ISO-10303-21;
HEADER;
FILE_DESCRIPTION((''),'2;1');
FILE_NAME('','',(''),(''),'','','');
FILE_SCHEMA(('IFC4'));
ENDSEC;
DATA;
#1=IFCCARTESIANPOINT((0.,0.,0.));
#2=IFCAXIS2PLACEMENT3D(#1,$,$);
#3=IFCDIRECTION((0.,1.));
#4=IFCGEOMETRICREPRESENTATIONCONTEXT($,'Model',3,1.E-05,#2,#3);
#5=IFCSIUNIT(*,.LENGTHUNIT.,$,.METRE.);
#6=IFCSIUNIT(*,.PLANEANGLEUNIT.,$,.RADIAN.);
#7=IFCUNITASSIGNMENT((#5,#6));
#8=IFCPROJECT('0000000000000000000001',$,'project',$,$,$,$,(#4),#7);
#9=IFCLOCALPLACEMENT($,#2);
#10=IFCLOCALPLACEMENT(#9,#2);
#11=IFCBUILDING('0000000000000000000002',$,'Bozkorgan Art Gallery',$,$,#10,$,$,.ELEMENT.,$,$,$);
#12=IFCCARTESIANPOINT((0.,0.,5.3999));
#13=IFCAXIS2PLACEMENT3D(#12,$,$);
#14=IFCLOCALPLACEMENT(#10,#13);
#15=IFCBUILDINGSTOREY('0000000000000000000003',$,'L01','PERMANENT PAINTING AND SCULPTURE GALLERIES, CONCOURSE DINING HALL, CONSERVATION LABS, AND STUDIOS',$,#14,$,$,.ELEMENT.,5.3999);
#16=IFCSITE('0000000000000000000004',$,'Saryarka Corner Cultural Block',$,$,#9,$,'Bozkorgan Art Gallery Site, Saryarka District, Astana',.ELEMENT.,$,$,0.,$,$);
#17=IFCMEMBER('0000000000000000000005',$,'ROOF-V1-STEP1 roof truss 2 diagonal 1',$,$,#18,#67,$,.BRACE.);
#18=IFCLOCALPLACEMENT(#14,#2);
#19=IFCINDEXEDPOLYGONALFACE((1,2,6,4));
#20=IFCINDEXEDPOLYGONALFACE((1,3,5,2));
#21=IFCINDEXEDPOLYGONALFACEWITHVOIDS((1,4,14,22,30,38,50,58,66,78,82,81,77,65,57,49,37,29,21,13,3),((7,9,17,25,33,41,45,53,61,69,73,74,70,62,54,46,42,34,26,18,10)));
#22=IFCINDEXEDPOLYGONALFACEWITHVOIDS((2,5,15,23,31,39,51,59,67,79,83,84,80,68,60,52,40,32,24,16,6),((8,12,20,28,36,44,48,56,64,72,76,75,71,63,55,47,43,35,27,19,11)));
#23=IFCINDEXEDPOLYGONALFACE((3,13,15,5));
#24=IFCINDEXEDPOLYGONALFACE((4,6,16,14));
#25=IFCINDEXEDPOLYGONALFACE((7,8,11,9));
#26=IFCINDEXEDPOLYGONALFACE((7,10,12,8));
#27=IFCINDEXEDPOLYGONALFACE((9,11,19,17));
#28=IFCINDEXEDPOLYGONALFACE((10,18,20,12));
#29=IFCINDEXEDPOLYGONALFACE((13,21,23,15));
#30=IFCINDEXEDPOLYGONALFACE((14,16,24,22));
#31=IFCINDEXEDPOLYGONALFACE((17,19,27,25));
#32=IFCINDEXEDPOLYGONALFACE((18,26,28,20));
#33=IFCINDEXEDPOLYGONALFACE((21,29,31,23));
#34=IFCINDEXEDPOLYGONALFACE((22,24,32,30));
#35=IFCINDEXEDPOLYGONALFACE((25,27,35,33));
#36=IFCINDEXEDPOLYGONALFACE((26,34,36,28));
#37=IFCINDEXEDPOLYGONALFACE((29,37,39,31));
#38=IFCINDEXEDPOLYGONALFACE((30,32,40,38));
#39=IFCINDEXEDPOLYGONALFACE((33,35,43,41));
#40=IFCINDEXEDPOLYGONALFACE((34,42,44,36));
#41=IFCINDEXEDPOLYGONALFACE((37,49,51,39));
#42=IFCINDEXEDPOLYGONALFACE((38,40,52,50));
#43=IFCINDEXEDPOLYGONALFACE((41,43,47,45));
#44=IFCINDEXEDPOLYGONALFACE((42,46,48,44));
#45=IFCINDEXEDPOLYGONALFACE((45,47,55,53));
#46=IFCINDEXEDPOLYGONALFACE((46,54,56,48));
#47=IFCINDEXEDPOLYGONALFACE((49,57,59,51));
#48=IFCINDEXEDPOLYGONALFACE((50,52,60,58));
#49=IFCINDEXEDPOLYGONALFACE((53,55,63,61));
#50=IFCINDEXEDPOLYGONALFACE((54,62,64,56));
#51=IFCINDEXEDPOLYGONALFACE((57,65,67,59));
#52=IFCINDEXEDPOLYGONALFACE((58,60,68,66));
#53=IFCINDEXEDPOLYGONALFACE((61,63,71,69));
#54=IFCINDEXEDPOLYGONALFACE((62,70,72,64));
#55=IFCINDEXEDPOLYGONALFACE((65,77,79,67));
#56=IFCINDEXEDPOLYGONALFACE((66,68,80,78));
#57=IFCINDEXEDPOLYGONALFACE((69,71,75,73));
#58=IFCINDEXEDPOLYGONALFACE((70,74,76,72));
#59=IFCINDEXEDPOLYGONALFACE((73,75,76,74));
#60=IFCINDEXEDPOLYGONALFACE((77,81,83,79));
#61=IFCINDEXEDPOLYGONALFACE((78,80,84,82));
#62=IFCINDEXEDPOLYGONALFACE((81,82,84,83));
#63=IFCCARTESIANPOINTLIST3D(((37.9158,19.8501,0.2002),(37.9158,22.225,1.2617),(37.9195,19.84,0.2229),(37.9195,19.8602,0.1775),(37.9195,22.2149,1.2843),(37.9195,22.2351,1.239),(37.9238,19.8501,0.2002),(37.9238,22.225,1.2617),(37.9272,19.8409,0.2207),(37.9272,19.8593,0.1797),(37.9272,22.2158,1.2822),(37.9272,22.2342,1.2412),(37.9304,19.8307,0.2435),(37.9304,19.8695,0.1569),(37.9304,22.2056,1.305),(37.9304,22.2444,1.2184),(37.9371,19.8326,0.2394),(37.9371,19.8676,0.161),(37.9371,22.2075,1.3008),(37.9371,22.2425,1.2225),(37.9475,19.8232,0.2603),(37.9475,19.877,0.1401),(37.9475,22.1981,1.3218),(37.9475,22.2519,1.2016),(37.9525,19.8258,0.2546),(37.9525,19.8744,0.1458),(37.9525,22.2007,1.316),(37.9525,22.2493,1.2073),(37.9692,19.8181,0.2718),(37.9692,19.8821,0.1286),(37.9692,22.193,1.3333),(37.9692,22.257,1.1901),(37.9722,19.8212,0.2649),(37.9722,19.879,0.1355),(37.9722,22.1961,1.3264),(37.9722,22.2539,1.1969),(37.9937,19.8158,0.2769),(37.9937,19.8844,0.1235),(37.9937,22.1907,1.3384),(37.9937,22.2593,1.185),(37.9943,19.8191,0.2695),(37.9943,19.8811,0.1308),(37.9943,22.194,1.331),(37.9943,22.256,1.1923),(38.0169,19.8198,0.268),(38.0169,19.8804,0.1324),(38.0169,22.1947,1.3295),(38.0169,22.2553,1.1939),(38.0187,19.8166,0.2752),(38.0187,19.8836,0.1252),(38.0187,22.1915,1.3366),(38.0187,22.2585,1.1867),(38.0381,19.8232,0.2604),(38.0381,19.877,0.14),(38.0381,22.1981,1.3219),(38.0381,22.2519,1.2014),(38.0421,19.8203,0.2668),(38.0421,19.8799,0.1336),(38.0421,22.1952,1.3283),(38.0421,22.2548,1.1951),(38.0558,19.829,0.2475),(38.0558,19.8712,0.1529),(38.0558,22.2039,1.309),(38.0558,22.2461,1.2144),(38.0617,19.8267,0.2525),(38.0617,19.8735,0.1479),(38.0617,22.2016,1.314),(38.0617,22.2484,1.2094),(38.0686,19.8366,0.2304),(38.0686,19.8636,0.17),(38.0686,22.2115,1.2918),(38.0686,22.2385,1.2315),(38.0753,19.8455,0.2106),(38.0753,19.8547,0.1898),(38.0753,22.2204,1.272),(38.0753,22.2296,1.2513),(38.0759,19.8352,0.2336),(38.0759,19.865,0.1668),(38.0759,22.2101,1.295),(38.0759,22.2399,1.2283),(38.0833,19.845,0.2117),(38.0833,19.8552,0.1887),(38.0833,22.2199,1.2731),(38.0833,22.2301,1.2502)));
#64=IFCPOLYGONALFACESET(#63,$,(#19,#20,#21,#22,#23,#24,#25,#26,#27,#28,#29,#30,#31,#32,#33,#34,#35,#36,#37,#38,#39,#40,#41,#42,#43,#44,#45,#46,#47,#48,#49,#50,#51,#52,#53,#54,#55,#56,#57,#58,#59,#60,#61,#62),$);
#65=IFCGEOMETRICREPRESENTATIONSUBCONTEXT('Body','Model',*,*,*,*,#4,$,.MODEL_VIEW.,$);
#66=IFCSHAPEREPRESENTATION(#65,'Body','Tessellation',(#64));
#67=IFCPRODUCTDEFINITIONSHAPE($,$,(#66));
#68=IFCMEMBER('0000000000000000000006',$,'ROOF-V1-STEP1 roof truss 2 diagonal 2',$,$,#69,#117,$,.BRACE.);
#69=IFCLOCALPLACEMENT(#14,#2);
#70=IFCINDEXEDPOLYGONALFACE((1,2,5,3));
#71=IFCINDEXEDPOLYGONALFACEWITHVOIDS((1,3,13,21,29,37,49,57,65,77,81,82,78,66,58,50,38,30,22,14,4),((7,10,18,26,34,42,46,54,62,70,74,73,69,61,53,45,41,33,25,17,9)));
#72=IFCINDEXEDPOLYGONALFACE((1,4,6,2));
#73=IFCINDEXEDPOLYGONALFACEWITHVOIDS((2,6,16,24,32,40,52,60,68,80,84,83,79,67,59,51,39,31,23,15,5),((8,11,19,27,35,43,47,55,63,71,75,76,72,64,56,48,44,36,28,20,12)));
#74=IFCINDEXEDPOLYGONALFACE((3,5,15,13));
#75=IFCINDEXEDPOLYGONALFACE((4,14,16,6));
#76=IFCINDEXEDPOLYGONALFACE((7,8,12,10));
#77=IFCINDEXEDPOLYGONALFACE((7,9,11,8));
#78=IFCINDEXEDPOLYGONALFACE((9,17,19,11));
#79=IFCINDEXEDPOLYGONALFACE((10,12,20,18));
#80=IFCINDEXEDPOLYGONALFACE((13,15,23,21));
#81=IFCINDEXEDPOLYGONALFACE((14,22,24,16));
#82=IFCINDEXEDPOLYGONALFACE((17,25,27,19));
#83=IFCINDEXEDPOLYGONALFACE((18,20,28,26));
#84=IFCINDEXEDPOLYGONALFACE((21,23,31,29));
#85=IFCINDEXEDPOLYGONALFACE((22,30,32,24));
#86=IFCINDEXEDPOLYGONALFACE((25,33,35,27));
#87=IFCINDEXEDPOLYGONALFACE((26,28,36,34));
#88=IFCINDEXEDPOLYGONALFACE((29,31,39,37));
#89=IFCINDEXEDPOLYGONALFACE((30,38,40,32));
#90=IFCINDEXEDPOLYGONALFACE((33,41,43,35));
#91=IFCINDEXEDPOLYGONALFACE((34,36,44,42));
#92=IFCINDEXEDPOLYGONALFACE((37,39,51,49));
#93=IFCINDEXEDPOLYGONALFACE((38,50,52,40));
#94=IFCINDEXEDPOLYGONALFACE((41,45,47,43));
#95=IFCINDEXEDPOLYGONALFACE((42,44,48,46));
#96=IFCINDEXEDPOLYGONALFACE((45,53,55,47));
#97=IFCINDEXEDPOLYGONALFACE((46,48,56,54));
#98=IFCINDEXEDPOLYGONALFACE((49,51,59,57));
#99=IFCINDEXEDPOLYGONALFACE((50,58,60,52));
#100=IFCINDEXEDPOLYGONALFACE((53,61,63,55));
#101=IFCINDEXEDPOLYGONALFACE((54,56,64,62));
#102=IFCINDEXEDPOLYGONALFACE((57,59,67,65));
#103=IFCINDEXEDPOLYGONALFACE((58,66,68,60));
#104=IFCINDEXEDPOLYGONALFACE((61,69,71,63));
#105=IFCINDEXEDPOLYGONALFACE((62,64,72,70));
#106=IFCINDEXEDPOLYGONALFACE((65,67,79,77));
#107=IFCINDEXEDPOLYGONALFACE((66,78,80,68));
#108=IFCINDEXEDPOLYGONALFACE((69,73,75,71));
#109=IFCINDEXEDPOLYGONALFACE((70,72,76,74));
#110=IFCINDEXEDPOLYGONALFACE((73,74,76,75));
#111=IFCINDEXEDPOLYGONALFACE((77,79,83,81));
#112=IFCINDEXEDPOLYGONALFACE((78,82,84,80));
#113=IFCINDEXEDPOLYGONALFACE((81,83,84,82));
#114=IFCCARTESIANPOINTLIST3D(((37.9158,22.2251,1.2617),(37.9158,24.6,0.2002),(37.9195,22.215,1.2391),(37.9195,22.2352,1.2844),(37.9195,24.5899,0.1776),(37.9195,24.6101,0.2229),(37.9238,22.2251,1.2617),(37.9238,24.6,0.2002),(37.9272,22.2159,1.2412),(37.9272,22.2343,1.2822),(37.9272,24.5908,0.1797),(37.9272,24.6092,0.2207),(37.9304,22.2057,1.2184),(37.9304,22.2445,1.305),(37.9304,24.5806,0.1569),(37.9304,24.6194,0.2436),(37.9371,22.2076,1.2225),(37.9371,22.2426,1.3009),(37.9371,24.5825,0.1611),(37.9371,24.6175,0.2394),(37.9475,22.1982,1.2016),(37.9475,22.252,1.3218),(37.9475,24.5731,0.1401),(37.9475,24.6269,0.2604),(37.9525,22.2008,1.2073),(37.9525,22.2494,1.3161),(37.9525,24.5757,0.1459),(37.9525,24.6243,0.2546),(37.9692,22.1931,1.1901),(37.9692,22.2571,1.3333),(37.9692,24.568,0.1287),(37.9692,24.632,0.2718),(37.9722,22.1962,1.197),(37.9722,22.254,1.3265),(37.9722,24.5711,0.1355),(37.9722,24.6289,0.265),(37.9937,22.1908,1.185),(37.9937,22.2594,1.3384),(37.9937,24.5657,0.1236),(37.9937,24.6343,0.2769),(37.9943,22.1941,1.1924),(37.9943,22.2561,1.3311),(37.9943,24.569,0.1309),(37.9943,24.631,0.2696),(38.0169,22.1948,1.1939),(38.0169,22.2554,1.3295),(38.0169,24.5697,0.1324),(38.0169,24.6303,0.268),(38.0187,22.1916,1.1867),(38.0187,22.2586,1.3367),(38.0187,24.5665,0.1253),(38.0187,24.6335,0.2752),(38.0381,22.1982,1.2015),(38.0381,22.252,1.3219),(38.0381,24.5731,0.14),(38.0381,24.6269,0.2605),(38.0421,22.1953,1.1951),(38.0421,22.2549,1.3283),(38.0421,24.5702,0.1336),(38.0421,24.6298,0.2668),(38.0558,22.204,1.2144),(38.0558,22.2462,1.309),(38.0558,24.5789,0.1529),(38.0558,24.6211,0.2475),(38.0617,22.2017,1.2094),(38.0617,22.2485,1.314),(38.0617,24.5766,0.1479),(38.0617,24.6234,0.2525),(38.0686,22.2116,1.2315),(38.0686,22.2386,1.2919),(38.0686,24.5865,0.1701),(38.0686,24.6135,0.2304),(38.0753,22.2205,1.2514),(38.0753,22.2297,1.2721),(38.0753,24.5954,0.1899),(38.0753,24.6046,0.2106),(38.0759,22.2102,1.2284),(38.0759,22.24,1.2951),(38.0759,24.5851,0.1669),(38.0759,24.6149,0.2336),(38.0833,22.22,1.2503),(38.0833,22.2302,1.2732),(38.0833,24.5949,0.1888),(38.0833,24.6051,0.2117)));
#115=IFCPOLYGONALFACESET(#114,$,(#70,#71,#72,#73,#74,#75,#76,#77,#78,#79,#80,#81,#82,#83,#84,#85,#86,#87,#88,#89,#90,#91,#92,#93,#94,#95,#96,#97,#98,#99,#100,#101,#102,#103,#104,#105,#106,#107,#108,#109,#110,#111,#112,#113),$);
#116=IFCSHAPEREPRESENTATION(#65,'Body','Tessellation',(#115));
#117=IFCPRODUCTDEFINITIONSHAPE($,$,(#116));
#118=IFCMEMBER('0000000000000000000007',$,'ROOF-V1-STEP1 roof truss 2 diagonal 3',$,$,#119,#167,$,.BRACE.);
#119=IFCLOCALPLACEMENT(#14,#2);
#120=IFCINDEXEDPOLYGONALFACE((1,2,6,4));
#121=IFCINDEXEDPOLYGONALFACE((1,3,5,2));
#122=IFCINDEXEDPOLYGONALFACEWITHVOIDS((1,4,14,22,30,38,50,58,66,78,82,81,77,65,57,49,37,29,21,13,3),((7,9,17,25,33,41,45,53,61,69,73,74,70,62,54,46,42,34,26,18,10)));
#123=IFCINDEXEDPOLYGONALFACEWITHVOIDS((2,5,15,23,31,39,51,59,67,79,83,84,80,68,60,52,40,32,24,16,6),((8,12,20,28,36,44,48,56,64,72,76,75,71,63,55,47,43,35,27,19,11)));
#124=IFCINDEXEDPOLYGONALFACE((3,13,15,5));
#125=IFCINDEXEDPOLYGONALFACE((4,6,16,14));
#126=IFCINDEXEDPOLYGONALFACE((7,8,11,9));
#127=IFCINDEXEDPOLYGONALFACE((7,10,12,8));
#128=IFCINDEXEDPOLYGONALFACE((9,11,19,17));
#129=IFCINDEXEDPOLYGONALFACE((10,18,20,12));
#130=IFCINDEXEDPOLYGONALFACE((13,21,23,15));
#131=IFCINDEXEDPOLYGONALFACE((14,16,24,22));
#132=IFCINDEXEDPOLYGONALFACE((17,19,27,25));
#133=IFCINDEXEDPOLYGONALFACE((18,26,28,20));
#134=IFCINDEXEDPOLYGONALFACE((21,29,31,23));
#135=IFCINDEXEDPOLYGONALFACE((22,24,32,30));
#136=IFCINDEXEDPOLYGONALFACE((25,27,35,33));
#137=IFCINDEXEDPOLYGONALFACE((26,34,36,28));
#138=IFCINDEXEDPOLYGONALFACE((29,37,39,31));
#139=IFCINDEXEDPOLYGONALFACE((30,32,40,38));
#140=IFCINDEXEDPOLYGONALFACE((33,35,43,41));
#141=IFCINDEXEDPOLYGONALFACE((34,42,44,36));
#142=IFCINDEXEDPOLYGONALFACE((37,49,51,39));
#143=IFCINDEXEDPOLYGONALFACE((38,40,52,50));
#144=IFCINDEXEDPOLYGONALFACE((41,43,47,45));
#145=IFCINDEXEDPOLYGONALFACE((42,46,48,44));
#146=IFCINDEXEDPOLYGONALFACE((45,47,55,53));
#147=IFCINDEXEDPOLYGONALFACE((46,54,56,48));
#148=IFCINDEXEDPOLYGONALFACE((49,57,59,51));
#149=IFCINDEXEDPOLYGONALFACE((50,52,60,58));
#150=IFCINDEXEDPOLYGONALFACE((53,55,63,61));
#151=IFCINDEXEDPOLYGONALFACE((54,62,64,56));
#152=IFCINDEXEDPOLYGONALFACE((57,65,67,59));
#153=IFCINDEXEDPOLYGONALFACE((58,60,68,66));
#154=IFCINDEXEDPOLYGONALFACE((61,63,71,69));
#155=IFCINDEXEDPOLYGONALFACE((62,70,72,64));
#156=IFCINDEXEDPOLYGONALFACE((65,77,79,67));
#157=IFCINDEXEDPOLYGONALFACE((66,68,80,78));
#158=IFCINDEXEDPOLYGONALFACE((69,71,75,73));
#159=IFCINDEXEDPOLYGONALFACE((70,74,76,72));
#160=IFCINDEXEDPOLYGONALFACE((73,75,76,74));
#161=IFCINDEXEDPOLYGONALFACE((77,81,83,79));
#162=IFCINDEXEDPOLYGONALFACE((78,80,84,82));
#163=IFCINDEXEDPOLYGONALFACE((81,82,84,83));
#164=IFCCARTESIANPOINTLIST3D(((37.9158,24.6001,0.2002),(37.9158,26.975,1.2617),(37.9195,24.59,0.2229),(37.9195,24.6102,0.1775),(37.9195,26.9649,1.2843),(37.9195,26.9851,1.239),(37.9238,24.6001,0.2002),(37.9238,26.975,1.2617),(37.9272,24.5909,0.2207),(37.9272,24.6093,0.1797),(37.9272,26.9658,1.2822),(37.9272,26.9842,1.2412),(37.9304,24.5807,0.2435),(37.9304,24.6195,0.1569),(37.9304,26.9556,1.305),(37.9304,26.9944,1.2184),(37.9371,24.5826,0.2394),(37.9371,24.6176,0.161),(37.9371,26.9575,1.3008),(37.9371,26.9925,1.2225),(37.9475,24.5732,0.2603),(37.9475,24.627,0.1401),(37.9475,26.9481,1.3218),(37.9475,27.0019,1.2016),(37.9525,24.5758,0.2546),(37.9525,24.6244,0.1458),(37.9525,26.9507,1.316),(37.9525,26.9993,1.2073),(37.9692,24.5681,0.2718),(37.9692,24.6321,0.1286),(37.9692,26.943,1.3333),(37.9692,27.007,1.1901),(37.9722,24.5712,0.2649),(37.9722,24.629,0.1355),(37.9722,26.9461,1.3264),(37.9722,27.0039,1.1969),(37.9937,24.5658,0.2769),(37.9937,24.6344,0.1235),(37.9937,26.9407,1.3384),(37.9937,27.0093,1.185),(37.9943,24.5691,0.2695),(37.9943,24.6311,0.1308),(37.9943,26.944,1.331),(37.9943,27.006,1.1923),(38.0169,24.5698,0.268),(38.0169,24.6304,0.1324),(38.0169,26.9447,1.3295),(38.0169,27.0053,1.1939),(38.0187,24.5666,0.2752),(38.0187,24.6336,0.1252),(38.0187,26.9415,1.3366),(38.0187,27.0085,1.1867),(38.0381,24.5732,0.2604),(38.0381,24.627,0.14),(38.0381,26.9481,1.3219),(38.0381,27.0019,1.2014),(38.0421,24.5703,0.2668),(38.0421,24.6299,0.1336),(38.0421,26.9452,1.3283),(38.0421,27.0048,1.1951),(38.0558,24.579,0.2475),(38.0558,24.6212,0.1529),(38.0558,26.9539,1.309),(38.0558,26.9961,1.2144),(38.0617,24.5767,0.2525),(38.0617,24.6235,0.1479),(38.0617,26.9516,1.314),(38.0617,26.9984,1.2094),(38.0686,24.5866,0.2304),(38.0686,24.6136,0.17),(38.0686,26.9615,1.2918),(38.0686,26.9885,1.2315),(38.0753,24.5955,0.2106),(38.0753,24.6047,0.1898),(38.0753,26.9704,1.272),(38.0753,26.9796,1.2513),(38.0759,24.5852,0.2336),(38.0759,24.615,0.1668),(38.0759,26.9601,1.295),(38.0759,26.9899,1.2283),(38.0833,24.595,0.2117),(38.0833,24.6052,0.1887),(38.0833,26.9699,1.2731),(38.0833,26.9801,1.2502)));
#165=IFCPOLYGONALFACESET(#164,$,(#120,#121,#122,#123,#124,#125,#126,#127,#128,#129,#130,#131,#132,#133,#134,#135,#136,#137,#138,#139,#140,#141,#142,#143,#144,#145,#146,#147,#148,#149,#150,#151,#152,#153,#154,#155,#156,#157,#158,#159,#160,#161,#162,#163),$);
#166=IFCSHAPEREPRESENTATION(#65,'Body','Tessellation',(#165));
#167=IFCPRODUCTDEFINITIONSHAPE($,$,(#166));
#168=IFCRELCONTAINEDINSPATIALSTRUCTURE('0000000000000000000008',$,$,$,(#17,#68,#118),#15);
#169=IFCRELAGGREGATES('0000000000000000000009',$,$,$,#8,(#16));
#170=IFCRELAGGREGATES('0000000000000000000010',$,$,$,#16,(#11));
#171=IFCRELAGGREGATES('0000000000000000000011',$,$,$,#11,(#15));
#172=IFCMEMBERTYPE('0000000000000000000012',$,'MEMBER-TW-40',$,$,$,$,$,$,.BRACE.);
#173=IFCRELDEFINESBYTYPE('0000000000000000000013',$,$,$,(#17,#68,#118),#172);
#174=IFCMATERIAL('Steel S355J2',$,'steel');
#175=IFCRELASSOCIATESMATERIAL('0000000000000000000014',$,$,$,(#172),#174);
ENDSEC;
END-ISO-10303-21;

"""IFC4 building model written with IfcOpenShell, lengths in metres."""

from ifc_helpers import new_model, si_unit, direction, frame, origin, origin_2d, place, context, subcontext, project, spatial, hollow_circle, extrude, material, material_profile, profile_set, type_object, element, save


model = new_model("IFC4")

# Units and contexts
model_context = context("Model", 3, precision=1e-05, world=origin(), true_north=direction((0.0, 1.0)))
body_context = subcontext(model_context, "Body", "Model", "MODEL_VIEW")
ifc_project = project(units=[si_unit("LENGTHUNIT", "METRE"), si_unit("PLANEANGLEUNIT", "RADIAN")], contexts=[model_context])

# Site, building, storey
site_placement = place(None, origin())
site = spatial("IfcSite", under=ifc_project, at=site_placement, Name="Saryarka Corner Cultural Block", LongName="Bozkorgan Art Gallery Site, Saryarka District, Astana", CompositionType="ELEMENT", RefElevation=0.0)
building_placement = place(site_placement, origin())
building = spatial("IfcBuilding", under=site, at=building_placement, Name="Bozkorgan Art Gallery", CompositionType="ELEMENT")
storey_placement = place(building_placement, frame((0.0, 0.0, 5.3999)))
storey = spatial("IfcBuildingStorey", under=building, at=storey_placement, Name="L01", Description="PERMANENT PAINTING AND SCULPTURE GALLERIES, CONCOURSE DINING HALL, CONSERVATION LABS, AND STUDIOS", CompositionType="ELEMENT", Elevation=5.3999)

# Members
ifc_material_1 = material(Name="Steel S355J2", Category="steel")
ifc_material_profile_1 = material_profile(ifc_material_1, hollow_circle(Radius=0.0842, WallThickness=0.0081, at=origin_2d()), Name="CHS 168.3x8")
ifc_profile_set_1 = profile_set([ifc_material_profile_1], Name="Steel S355J2")
member_type_1 = type_object("IfcMemberType", Name="MEMBER-TW-40", PredefinedType="BRACE", material=ifc_profile_set_1)
for number, where, z_axis, x_axis, name in (
    (1, (38.0, 19.8501, 0.2002), (0.0, 0.912958, 0.408053), (-1.0, 0.0, 0.0), "ROOF-V1-STEP1 roof truss 2 diagonal 1"),
    (2, (38.0, 22.2251, 1.2617), (0.0, 0.912958, -0.408053), (-1.0, 0.0, 0.0), "ROOF-V1-STEP1 roof truss 2 diagonal 2"),
    (3, (38.0, 24.6001, 0.2002), (0.0, 0.912958, 0.408053), (-1.0, 0.0, 0.0), "ROOF-V1-STEP1 roof truss 2 diagonal 3"),
):
    element("IfcMember", number, at=place(storey_placement, frame(where, z_axis=z_axis, x_axis=x_axis)), inside=storey, type_object=member_type_1, Name=name, PredefinedType="BRACE", context=body_context, shape_type="SweptSolid", body=[
        extrude(hollow_circle(Radius=0.0842, WallThickness=0.0081, at=origin_2d()), origin(), (0.0, 0.0, 1.0), 2.6013),
    ])

save(model, "model.ifc")
